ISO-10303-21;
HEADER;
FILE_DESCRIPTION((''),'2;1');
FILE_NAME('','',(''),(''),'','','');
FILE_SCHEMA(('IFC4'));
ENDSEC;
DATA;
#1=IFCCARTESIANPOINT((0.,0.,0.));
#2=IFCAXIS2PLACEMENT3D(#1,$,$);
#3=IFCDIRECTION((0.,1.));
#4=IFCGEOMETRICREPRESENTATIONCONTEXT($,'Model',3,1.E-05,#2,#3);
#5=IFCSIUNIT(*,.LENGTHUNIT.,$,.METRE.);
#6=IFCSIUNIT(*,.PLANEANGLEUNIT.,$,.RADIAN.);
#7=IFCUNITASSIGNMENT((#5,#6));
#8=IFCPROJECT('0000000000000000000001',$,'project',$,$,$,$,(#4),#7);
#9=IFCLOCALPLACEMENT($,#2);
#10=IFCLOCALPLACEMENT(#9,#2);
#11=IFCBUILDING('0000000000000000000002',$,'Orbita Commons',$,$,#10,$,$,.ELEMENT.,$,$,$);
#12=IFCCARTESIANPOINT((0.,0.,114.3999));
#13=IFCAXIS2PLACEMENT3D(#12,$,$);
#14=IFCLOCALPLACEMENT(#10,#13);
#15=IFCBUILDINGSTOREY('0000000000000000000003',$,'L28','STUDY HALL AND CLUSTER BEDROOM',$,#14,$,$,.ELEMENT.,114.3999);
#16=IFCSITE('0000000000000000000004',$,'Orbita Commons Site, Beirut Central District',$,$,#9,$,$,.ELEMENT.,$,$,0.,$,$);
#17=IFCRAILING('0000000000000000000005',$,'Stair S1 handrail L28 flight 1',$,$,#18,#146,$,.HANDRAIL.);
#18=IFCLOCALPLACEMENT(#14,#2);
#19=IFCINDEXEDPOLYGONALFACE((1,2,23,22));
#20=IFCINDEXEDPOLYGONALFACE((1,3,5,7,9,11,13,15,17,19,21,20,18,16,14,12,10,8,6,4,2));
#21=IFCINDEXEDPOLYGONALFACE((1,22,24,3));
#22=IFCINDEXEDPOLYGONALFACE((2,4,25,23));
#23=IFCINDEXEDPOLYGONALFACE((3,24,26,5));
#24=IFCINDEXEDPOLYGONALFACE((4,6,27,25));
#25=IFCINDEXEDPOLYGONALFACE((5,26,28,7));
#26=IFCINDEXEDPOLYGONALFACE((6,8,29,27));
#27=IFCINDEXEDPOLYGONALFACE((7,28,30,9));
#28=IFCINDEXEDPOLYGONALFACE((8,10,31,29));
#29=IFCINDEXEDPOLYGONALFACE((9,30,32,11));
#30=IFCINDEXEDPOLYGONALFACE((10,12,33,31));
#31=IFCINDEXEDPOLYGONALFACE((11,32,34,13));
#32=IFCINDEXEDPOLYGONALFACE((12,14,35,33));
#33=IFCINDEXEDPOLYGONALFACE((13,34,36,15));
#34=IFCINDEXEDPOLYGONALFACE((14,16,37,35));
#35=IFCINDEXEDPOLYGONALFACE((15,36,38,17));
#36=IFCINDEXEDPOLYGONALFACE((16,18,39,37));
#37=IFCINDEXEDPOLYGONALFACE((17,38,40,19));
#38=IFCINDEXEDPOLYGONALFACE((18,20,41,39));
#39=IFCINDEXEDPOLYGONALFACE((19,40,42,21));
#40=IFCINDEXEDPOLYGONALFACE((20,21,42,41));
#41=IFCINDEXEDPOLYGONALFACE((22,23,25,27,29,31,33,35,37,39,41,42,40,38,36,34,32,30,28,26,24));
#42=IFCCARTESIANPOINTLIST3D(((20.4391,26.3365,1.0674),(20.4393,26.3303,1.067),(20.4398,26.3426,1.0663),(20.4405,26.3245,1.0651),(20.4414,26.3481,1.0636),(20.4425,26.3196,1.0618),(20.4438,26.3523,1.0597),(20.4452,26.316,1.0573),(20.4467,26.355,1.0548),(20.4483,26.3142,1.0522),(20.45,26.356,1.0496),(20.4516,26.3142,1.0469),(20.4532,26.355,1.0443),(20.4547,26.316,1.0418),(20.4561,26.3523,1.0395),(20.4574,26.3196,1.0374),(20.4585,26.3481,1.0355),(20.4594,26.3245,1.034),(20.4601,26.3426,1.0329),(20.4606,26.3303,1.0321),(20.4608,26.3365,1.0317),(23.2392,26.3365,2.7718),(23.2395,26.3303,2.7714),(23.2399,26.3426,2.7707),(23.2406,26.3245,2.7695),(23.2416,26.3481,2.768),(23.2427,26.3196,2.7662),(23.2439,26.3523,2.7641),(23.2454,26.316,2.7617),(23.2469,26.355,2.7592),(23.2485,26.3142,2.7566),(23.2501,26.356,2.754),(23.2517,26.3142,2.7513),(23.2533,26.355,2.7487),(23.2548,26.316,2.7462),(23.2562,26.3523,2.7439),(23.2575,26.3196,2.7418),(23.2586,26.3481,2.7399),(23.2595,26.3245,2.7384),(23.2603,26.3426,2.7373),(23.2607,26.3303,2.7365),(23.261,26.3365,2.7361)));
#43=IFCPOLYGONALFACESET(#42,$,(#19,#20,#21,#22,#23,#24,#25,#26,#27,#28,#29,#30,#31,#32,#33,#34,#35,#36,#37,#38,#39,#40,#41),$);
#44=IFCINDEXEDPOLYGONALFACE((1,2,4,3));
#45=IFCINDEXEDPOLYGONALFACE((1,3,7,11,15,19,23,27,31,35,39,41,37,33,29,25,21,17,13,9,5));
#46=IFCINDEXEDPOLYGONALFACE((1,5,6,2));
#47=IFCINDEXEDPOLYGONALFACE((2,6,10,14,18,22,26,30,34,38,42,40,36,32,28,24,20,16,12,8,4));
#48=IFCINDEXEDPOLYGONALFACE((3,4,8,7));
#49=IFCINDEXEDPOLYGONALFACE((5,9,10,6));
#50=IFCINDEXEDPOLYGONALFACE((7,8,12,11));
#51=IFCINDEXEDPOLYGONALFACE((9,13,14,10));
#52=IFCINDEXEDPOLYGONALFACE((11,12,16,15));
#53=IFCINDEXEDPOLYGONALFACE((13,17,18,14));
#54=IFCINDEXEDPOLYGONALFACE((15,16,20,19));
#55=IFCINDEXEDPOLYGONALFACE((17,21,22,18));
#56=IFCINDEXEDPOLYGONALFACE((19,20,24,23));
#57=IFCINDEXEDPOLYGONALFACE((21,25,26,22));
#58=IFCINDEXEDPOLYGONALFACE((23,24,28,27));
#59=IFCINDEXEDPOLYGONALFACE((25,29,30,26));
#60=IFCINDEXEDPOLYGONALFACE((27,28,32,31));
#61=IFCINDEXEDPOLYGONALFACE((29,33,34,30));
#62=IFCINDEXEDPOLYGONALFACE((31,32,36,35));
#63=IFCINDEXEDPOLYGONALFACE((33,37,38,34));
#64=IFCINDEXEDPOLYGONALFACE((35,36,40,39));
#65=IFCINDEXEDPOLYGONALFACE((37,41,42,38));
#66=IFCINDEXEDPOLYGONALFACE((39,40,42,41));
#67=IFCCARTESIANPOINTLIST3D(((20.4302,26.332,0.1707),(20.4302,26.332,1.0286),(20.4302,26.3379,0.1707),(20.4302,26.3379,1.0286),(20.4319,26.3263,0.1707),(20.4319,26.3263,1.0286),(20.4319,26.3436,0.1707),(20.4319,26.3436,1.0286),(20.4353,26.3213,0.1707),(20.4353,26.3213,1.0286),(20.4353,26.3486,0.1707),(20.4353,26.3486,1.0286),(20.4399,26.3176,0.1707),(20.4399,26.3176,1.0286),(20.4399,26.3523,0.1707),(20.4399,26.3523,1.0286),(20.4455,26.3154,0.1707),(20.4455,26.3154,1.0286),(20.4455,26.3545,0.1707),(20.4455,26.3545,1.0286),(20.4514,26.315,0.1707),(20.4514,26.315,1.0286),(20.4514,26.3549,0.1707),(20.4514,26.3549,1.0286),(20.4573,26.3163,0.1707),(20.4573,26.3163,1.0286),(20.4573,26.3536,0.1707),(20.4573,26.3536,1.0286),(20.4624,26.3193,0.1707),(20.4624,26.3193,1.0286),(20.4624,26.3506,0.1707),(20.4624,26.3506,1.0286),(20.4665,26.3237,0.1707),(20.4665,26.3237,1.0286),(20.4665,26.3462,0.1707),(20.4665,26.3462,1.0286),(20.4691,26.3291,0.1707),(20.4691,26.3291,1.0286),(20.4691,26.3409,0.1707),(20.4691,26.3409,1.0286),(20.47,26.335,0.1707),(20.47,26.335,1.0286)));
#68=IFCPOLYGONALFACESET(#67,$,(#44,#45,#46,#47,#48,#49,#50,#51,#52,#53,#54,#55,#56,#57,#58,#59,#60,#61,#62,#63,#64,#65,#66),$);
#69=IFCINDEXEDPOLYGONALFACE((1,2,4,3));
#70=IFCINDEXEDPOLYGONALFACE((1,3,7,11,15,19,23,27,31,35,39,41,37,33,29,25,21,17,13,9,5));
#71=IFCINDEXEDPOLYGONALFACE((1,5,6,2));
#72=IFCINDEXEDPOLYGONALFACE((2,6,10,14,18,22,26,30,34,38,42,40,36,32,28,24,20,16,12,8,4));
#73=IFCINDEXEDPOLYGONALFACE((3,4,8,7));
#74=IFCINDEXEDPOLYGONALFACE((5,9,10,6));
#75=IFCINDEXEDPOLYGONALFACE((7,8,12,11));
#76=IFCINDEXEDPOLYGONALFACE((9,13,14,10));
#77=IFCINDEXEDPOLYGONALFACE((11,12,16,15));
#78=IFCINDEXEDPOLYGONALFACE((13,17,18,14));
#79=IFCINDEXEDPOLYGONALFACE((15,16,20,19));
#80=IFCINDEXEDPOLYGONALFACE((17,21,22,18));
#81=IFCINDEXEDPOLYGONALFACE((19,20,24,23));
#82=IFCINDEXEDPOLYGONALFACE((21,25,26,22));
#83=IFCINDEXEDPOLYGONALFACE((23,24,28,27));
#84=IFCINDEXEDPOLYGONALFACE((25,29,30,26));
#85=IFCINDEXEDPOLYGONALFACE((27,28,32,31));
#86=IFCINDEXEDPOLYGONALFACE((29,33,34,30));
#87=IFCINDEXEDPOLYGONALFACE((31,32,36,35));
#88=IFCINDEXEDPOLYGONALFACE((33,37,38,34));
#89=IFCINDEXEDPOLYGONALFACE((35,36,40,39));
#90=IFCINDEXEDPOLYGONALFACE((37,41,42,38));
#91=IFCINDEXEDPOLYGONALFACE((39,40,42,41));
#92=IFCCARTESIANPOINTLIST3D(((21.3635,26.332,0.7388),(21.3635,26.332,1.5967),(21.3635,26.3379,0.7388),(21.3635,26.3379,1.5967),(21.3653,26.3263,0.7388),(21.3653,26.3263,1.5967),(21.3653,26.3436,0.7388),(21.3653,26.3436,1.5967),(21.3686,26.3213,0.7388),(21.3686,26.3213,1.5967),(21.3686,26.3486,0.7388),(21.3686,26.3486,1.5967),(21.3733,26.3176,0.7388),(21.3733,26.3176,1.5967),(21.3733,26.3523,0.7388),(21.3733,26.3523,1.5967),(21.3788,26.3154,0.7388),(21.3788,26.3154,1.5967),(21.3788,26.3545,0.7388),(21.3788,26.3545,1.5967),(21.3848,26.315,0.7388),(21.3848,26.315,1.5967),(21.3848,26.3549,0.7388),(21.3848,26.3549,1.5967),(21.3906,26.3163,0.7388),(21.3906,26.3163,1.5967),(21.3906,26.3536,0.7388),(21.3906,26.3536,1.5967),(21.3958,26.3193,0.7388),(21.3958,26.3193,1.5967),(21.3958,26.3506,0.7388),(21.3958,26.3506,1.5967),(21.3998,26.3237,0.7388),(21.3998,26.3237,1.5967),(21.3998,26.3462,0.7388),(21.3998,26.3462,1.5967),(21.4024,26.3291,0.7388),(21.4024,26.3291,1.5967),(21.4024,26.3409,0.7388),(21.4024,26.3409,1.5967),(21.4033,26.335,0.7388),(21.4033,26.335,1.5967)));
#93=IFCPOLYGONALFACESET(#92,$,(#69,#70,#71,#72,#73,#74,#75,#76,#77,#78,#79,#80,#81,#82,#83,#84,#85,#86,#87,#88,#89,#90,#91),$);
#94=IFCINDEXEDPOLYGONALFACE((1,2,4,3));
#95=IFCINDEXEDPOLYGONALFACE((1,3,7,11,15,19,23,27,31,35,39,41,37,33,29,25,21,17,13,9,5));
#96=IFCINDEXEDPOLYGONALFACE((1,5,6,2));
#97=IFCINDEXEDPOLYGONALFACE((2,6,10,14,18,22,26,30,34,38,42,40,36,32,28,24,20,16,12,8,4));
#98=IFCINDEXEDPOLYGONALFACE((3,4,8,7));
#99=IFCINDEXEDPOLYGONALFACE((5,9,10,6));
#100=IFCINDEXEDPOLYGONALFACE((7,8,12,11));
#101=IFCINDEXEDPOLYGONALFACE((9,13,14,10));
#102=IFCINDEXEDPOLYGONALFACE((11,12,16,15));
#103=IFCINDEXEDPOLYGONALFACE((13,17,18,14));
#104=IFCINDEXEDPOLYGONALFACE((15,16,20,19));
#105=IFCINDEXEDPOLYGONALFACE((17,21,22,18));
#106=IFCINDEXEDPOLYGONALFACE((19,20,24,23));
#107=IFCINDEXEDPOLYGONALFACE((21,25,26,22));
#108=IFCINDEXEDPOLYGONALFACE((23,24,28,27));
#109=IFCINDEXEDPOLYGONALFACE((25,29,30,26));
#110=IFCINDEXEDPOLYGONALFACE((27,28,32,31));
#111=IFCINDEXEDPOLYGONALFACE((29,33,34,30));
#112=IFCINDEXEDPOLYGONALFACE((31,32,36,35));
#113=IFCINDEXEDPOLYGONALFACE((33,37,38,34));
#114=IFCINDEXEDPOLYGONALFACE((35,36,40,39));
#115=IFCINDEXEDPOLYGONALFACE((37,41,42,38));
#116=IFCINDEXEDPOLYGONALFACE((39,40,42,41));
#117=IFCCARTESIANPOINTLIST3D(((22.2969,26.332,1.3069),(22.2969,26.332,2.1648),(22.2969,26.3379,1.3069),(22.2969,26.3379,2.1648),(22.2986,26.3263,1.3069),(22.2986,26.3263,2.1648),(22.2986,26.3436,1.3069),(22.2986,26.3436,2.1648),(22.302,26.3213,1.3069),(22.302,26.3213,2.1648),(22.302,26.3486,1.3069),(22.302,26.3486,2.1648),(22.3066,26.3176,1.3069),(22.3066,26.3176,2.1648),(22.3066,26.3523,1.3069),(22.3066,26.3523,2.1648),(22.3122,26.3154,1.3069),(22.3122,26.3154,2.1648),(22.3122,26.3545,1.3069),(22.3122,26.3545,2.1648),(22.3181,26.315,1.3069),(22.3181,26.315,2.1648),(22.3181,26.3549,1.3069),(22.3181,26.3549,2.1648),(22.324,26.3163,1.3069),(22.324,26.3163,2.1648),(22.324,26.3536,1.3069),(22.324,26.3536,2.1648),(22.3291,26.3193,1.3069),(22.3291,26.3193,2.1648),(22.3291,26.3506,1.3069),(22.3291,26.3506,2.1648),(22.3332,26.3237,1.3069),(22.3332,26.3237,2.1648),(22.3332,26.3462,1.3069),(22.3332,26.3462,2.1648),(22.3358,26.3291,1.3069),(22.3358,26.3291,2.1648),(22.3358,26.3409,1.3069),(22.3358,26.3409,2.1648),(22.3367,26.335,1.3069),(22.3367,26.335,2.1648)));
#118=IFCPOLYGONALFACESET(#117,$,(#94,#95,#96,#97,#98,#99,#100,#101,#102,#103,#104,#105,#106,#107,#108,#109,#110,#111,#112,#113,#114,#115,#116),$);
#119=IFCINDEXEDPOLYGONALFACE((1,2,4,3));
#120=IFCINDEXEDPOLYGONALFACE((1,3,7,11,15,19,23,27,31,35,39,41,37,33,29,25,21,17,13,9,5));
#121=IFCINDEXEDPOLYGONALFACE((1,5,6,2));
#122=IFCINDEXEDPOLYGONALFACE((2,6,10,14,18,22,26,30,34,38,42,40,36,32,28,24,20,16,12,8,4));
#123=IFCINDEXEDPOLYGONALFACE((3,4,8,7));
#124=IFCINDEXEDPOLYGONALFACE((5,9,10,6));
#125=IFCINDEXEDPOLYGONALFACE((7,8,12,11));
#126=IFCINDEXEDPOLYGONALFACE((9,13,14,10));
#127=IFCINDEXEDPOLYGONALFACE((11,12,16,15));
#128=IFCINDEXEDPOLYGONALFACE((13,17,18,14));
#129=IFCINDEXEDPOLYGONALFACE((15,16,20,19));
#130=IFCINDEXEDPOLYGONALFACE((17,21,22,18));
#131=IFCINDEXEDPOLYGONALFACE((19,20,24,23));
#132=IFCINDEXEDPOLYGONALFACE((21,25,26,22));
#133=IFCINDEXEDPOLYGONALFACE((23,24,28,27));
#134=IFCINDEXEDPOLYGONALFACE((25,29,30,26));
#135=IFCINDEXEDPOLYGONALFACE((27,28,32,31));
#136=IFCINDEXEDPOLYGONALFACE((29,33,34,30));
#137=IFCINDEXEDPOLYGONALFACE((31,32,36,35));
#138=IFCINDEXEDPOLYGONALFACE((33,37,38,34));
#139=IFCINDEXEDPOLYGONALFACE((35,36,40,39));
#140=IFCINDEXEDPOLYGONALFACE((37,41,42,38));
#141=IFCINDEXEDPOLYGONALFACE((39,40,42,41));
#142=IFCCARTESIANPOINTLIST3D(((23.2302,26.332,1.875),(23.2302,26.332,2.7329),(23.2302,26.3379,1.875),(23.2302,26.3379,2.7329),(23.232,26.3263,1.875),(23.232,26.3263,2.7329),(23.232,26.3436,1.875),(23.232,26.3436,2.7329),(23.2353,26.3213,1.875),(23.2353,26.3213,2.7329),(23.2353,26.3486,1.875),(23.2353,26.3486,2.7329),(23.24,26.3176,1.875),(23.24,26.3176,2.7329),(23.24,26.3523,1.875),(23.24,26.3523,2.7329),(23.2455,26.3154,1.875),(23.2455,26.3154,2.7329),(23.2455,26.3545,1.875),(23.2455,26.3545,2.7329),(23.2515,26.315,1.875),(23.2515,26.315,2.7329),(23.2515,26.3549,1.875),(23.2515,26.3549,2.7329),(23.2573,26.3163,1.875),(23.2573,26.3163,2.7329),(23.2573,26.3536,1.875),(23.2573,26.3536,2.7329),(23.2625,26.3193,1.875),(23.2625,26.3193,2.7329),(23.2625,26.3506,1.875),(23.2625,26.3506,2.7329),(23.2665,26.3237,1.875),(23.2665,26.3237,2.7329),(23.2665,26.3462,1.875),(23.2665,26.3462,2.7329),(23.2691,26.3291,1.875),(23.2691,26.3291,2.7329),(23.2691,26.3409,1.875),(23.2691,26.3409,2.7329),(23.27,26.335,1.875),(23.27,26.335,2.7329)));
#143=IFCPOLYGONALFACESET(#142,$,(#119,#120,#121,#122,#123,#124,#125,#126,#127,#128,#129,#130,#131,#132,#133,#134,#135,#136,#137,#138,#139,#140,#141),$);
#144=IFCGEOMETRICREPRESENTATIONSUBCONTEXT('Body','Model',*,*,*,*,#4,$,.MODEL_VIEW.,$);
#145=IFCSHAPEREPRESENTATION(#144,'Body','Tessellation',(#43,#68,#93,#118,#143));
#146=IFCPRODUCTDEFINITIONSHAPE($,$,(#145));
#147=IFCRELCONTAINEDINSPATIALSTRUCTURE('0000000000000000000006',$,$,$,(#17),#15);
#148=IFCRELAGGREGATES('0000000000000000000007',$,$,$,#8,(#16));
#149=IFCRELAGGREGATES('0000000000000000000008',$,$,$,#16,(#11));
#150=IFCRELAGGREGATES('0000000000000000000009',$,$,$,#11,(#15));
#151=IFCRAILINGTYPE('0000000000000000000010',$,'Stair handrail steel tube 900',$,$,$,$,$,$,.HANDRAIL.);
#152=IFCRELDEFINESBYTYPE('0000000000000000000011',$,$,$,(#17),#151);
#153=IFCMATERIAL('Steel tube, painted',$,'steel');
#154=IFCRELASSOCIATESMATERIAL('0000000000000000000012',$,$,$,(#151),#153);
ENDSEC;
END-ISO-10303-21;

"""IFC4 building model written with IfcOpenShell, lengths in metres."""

from ifc_helpers import new_model, si_unit, direction, frame, origin, origin_2d, place, context, subcontext, project, spatial, circle, extrude, material, type_object, element, save


model = new_model("IFC4")

# Units and contexts
model_context = context("Model", 3, precision=1e-05, world=origin(), true_north=direction((0.0, 1.0)))
body_context = subcontext(model_context, "Body", "Model", "MODEL_VIEW")
ifc_project = project(units=[si_unit("LENGTHUNIT", "METRE"), si_unit("PLANEANGLEUNIT", "RADIAN")], contexts=[model_context])

# Site, building, storey
site_placement = place(None, origin())
site = spatial("IfcSite", under=ifc_project, at=site_placement, Name="Orbita Commons Site, Beirut Central District", CompositionType="ELEMENT", RefElevation=0.0)
building_placement = place(site_placement, origin())
building = spatial("IfcBuilding", under=site, at=building_placement, Name="Orbita Commons", CompositionType="ELEMENT")
storey_placement = place(building_placement, frame((0.0, 0.0, 114.3999)))
storey = spatial("IfcBuildingStorey", under=building, at=storey_placement, Name="L28", Description="STUDY HALL AND CLUSTER BEDROOM", CompositionType="ELEMENT", Elevation=114.3999)

# Railing
ifc_material_1 = material(Name="Steel tube, painted", Category="steel")
railing_type = type_object("IfcRailingType", Name="Stair handrail steel tube 900", PredefinedType="HANDRAIL", material=ifc_material_1)
for number, where, name in (
    (1, (20.45, 26.335, 0.1707), "Stair S1 handrail L28 flight 1"),
):
    element("IfcRailing", number, at=place(storey_placement, frame(where)), inside=storey, type_object=railing_type, Name=name, PredefinedType="HANDRAIL", context=body_context, shape_type="SweptSolid", body=[
        extrude(circle(Radius=0.021, at=origin_2d()), frame((0.0, 0.0, 0.8789), z_axis=(0.854203, 0.0, 0.51994), x_axis=(0.0, 1.0, 0.0)), (0.0, 0.0, 1.0), 3.2781),
        extrude(circle(Radius=0.02, at=origin_2d()), origin(), (0.0, 0.0, 1.0), 0.8579),
        extrude(circle(Radius=0.02, at=origin_2d()), frame((0.9333, 0.0, 0.5681)), (0.0, 0.0, 1.0), 0.8579),
        extrude(circle(Radius=0.02, at=origin_2d()), frame((1.8667, 0.0, 1.1362)), (0.0, 0.0, 1.0), 0.8579),
        extrude(circle(Radius=0.02, at=origin_2d()), frame((2.8, 0.0, 1.7043)), (0.0, 0.0, 1.0), 0.8579),
    ])

save(model, "model.ifc")
